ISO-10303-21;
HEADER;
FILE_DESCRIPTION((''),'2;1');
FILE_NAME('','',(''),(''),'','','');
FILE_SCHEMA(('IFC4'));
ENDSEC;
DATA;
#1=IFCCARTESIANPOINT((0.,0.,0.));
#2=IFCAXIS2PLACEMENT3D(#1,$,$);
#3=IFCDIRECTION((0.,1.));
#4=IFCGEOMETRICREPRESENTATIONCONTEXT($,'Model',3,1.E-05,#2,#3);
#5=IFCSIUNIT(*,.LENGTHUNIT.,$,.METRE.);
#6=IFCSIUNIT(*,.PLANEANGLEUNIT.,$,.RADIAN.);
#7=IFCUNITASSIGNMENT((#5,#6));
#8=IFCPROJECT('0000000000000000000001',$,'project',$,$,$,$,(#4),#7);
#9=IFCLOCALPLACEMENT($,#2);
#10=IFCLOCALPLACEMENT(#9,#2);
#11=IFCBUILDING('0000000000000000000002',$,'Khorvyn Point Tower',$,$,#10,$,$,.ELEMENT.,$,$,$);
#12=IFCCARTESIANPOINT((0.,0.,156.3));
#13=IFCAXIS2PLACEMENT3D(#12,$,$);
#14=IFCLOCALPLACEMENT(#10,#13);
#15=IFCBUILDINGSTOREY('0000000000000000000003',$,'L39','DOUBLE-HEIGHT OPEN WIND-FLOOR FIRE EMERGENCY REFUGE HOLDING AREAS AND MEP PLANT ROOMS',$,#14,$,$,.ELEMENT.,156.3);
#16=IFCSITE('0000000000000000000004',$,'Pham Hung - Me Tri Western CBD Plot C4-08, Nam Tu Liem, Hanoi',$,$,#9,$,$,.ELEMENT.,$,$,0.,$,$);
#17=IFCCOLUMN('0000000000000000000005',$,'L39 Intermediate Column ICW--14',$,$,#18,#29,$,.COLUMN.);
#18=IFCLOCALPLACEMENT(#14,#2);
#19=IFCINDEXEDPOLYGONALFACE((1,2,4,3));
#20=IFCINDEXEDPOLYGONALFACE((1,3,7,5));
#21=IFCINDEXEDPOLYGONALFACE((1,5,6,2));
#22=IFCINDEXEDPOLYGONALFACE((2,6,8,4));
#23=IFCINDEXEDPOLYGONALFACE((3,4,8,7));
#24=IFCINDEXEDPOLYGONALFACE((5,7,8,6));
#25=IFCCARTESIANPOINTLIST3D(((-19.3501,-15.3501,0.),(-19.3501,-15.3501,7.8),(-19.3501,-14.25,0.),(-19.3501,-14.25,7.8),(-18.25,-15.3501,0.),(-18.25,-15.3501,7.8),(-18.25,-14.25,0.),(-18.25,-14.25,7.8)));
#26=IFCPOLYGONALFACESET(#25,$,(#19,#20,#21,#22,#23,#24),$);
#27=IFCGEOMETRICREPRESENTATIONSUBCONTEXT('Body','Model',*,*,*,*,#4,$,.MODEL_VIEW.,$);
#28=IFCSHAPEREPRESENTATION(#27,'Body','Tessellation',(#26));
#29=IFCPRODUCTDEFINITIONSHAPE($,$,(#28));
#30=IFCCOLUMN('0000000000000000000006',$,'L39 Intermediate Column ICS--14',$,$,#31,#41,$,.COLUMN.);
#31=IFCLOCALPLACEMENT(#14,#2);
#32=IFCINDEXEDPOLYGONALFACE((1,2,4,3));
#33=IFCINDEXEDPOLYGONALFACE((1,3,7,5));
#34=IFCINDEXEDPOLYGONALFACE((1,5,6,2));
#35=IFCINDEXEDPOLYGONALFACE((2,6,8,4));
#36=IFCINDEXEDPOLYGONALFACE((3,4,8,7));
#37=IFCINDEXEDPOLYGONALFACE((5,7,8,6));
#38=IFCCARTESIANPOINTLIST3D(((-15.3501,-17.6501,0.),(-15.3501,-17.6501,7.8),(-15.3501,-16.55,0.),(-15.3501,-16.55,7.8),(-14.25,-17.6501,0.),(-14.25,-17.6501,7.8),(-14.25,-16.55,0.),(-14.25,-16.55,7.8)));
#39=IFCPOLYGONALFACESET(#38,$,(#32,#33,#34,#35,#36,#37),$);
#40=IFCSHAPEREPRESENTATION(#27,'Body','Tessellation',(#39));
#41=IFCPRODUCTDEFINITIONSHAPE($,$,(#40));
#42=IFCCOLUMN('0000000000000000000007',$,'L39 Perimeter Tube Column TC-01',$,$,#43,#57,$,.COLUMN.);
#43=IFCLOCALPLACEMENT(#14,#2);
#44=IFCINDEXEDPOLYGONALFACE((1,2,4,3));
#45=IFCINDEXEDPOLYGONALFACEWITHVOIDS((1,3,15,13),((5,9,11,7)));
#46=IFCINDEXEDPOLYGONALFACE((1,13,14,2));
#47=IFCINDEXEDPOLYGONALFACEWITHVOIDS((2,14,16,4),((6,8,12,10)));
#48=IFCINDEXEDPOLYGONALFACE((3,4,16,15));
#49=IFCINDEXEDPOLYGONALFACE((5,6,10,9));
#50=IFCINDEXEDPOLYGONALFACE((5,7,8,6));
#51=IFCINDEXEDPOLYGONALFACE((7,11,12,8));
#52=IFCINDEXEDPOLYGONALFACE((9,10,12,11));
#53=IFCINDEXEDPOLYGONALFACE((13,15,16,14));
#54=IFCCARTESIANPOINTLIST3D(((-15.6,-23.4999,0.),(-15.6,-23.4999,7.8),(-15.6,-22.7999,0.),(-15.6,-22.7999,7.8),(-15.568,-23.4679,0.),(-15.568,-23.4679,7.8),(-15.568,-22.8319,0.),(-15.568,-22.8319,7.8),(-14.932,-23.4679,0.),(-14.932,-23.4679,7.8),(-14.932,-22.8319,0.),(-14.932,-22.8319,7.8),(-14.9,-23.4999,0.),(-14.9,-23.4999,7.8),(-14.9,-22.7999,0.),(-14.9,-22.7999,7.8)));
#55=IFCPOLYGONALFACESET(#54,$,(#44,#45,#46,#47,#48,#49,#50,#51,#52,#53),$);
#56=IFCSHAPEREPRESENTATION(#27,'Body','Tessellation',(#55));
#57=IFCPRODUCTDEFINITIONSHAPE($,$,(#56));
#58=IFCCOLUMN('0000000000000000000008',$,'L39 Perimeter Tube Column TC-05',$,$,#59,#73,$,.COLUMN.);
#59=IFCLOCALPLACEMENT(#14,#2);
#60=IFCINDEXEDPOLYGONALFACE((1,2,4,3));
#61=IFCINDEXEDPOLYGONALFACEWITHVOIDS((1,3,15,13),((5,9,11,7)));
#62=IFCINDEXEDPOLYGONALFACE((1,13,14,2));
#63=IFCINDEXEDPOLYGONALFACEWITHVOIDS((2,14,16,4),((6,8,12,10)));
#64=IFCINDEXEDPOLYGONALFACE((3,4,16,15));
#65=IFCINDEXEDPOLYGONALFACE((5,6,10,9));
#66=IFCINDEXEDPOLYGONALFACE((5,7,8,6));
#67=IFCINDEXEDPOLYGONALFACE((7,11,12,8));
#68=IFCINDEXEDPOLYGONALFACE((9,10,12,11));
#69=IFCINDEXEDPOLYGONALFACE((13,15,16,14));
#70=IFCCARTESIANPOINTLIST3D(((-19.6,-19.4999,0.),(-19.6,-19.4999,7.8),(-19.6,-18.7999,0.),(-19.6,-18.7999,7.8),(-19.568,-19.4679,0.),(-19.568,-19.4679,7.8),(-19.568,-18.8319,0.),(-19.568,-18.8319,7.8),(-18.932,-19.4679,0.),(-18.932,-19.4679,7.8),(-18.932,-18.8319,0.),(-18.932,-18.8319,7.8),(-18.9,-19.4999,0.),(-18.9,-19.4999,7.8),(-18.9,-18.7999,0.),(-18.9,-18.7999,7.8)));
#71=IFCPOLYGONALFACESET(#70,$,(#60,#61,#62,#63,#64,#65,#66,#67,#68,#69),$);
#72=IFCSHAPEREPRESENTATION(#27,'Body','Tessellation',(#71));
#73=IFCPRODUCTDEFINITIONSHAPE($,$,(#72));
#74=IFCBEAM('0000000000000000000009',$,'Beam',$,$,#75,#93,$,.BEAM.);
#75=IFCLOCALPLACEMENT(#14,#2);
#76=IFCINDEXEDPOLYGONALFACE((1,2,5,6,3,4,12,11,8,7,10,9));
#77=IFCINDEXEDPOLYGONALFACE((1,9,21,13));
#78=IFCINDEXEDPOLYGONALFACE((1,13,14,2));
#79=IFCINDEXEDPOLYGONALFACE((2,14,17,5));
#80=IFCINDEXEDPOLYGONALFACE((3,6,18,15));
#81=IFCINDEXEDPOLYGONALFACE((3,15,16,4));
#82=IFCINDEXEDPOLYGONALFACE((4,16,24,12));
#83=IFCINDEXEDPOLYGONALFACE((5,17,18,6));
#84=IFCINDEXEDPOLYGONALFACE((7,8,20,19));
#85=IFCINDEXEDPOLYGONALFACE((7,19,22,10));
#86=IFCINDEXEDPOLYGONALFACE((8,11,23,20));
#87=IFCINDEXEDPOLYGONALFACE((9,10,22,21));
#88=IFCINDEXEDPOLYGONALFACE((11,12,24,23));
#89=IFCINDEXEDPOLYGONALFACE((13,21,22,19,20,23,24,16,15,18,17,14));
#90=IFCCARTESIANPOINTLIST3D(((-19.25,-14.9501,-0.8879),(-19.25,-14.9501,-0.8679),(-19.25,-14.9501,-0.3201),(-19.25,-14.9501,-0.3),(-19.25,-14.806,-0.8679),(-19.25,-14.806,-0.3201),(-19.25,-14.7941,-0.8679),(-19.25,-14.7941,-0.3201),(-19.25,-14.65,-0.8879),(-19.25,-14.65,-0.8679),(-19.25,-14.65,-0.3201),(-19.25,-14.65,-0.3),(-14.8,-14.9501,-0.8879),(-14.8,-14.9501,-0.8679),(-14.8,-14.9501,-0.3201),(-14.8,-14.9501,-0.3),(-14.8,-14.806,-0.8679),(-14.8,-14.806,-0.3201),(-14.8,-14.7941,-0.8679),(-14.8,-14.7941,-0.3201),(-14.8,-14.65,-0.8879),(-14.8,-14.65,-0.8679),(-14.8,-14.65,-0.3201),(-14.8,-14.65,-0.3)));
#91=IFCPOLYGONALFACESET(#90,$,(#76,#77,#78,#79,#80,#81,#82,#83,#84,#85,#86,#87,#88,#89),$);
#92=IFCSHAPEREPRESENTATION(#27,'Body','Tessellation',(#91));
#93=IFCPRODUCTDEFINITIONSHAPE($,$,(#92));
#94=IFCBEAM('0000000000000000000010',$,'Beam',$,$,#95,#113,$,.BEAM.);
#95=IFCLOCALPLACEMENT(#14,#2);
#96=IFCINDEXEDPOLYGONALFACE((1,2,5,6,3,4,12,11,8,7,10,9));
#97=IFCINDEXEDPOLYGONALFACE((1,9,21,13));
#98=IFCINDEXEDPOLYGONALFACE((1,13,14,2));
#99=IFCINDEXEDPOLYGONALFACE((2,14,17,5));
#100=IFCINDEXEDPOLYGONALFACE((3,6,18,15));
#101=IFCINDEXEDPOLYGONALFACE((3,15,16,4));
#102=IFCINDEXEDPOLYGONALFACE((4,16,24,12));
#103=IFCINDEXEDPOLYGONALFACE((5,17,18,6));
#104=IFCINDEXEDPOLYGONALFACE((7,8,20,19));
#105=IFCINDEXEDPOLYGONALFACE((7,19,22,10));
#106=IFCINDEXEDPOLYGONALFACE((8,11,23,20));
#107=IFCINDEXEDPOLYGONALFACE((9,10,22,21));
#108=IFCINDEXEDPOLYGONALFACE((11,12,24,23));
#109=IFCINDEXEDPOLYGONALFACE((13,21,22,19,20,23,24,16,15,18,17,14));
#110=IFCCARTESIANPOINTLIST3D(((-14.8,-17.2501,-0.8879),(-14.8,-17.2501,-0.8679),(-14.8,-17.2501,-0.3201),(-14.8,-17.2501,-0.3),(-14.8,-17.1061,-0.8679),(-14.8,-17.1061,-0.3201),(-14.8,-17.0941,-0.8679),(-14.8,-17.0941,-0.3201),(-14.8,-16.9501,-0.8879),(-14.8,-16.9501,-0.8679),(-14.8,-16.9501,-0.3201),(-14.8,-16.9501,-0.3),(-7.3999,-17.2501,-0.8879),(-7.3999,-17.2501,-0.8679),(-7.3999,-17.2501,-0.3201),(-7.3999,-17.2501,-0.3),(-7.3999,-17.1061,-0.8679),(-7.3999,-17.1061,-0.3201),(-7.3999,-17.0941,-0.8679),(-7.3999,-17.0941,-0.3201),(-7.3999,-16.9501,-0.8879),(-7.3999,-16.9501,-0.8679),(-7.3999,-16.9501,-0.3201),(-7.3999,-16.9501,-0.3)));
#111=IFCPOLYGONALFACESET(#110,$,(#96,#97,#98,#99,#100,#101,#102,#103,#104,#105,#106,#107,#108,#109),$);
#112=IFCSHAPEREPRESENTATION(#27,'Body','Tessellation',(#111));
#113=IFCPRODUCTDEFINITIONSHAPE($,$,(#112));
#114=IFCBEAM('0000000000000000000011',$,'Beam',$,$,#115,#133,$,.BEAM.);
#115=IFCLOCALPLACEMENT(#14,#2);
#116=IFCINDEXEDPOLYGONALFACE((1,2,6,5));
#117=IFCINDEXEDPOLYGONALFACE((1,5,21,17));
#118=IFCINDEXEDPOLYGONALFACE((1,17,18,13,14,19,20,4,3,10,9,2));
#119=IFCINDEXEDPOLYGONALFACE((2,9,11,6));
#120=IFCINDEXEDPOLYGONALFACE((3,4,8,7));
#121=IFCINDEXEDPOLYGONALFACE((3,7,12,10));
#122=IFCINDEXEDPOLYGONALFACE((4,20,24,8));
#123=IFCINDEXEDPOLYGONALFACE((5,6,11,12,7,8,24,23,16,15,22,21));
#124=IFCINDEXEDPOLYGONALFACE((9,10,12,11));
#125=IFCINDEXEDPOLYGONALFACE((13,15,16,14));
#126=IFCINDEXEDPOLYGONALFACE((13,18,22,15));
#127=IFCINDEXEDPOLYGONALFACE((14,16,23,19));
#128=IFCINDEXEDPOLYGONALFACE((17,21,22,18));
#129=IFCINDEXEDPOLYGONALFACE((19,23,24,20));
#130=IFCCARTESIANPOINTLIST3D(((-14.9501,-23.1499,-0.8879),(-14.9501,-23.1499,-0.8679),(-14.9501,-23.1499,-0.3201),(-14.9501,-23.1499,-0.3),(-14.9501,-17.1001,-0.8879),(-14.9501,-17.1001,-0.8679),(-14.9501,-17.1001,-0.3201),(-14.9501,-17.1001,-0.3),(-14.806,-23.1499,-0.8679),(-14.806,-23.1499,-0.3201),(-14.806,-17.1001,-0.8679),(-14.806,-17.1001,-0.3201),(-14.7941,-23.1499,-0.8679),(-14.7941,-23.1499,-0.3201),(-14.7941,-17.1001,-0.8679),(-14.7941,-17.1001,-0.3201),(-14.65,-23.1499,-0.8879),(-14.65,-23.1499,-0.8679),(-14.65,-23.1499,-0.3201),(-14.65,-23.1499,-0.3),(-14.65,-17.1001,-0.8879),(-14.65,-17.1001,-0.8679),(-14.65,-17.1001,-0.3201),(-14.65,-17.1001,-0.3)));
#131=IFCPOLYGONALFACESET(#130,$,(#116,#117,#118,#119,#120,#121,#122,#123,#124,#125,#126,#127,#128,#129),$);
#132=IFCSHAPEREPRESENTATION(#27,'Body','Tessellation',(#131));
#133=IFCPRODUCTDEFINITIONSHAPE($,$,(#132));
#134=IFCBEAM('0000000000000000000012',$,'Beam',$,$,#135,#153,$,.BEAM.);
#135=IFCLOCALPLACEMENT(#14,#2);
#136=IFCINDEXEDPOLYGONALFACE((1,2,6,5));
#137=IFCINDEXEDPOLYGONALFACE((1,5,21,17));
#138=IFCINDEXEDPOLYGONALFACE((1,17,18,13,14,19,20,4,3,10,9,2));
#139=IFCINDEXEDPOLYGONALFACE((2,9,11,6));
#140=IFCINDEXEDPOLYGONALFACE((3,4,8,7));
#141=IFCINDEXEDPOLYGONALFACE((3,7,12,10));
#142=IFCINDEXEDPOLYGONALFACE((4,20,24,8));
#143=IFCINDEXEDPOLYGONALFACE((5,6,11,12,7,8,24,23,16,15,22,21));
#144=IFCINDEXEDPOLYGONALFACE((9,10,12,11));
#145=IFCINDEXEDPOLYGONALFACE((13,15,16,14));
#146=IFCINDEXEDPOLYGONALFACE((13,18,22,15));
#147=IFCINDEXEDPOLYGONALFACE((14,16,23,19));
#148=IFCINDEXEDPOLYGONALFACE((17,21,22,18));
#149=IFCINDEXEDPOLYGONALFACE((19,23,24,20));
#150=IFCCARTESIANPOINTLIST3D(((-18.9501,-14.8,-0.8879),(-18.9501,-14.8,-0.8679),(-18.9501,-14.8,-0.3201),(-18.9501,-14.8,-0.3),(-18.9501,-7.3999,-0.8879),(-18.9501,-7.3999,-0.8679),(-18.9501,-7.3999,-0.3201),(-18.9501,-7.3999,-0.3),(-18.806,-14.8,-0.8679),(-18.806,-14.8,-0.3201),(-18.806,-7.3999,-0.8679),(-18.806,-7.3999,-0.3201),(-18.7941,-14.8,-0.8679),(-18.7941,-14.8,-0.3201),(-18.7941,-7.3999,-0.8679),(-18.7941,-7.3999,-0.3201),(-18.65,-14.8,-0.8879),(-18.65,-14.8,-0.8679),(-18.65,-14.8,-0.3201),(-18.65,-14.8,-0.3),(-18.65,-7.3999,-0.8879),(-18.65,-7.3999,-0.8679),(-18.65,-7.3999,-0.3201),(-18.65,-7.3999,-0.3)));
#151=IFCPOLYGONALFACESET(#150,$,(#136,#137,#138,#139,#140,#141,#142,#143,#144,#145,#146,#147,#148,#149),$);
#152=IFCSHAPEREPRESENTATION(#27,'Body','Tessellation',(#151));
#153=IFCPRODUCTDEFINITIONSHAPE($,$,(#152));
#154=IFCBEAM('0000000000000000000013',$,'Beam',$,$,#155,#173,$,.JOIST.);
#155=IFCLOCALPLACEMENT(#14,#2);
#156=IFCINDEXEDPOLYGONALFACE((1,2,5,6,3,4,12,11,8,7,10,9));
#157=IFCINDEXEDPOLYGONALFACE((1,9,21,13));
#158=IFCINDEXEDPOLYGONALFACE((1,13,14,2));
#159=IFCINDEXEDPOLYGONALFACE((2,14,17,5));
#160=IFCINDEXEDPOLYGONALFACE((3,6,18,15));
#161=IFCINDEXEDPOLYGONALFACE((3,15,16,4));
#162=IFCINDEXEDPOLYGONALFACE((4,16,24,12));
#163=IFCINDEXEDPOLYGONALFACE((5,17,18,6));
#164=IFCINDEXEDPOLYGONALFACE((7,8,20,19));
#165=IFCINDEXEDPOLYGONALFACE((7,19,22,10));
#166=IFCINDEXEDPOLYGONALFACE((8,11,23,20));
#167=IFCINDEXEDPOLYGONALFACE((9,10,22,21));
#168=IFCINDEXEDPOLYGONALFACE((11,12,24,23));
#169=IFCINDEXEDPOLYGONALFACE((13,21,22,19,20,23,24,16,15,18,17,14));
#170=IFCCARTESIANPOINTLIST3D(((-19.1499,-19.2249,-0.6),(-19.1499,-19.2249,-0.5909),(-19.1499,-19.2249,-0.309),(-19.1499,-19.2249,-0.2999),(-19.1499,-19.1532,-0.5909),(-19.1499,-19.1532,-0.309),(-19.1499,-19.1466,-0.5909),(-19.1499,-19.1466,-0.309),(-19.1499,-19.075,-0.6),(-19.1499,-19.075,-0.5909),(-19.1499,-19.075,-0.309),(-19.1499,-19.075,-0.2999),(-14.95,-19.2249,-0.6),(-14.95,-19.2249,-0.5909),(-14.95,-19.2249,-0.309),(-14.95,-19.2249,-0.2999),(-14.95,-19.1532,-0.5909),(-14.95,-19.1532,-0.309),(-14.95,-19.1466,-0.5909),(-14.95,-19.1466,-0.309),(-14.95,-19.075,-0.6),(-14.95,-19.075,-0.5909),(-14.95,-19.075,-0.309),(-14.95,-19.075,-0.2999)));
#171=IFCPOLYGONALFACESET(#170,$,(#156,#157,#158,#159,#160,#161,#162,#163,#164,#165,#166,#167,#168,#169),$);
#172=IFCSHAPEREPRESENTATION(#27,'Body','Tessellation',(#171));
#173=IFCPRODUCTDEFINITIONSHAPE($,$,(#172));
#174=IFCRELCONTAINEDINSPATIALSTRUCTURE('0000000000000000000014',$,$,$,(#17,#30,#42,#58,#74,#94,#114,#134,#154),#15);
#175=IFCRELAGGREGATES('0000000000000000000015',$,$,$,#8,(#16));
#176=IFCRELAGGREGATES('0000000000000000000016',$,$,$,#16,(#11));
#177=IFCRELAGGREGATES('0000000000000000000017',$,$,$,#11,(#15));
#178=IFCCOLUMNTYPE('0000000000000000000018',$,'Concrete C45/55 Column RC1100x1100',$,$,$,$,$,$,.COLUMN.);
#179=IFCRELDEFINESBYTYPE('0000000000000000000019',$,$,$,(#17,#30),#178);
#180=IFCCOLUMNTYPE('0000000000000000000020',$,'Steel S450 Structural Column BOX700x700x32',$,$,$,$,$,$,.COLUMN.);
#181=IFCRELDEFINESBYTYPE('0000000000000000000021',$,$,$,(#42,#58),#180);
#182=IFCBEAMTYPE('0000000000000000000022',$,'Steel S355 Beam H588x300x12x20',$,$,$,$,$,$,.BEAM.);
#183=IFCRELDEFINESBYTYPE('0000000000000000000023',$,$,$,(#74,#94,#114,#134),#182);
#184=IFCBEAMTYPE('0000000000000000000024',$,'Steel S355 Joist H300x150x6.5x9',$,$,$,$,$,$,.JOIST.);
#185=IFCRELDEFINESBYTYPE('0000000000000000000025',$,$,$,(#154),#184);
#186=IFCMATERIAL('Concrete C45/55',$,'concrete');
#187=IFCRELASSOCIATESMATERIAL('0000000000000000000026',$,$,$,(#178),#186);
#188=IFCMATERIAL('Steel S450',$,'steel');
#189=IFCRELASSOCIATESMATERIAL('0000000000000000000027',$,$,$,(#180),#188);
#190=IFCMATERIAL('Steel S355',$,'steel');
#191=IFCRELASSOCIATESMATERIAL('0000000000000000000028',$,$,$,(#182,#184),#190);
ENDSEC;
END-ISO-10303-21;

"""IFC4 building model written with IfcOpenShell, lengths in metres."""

from ifc_helpers import new_model, si_unit, direction, frame, origin, origin_2d, place, context, subcontext, project, spatial, rectangle, hollow_rectangle, i_section, extrude, material, material_profile, profile_set, type_object, element, save


model = new_model("IFC4")

# Units and contexts
model_context = context("Model", 3, precision=1e-05, world=origin(), true_north=direction((0.0, 1.0)))
body_context = subcontext(model_context, "Body", "Model", "MODEL_VIEW")
ifc_project = project(units=[si_unit("LENGTHUNIT", "METRE"), si_unit("PLANEANGLEUNIT", "RADIAN")], contexts=[model_context])

# Site, building, storey
site_placement = place(None, origin())
site = spatial("IfcSite", under=ifc_project, at=site_placement, Name="Pham Hung - Me Tri Western CBD Plot C4-08, Nam Tu Liem, Hanoi", CompositionType="ELEMENT", RefElevation=0.0)
building_placement = place(site_placement, origin())
building = spatial("IfcBuilding", under=site, at=building_placement, Name="Khorvyn Point Tower", CompositionType="ELEMENT")
storey_placement = place(building_placement, frame((0.0, 0.0, 156.3)))
storey = spatial("IfcBuildingStorey", under=building, at=storey_placement, Name="L39", Description="DOUBLE-HEIGHT OPEN WIND-FLOOR FIRE EMERGENCY REFUGE HOLDING AREAS AND MEP PLANT ROOMS", CompositionType="ELEMENT", Elevation=156.3)

# Columns
ifc_material_1 = material(Name="Concrete C45/55", Category="concrete")
ifc_material_profile_1 = material_profile(ifc_material_1, rectangle(XDim=1.1001, YDim=1.1001, at=origin_2d()))
ifc_profile_set_1 = profile_set([ifc_material_profile_1], Name="Concrete C45/55 RC1100x1100")
column_type_1 = type_object("IfcColumnType", Name="Concrete C45/55 Column RC1100x1100", PredefinedType="COLUMN", material=ifc_profile_set_1)
for number, where, z_axis, x_axis, name in (
    (1, (-18.8, -14.8, 0.0), (0.0, 0.0, 1.0), (1.0, 0.0, 0.0), "L39 Intermediate Column ICW--14"),
    (2, (-14.8, -17.1001, 0.0), (0.0, 0.0, 1.0), (1.0, 0.0, 0.0), "L39 Intermediate Column ICS--14"),
):
    element("IfcColumn", number, at=place(storey_placement, frame(where, z_axis=z_axis, x_axis=x_axis)), inside=storey, type_object=column_type_1, Name=name, PredefinedType="COLUMN", context=body_context, shape_type="SweptSolid", body=[
        extrude(rectangle(XDim=1.1001, YDim=1.1001, at=origin_2d()), origin(), (0.0, 0.0, 1.0), 7.8),
    ])
ifc_material_2 = material(Name="Steel S450", Category="steel")
ifc_material_profile_2 = material_profile(ifc_material_2, hollow_rectangle(XDim=0.7, YDim=0.7, WallThickness=0.032, at=origin_2d()))
ifc_profile_set_2 = profile_set([ifc_material_profile_2], Name="Steel S450 BOX700x700x32")
column_type_2 = type_object("IfcColumnType", Name="Steel S450 Structural Column BOX700x700x32", PredefinedType="COLUMN", material=ifc_profile_set_2)
for number, where, z_axis, x_axis, name in (
    (3, (-15.25, -23.1499, 0.0), (0.0, 0.0, 1.0), (1.0, 0.0, 0.0), "L39 Perimeter Tube Column TC-01"),
    (4, (-19.25, -19.1499, 0.0), (0.0, 0.0, 1.0), (1.0, 0.0, 0.0), "L39 Perimeter Tube Column TC-05"),
):
    element("IfcColumn", number, at=place(storey_placement, frame(where, z_axis=z_axis, x_axis=x_axis)), inside=storey, type_object=column_type_2, Name=name, PredefinedType="COLUMN", context=body_context, shape_type="SweptSolid", body=[
        extrude(hollow_rectangle(XDim=0.7, YDim=0.7, WallThickness=0.032, at=origin_2d()), origin(), (0.0, 0.0, 1.0), 7.8),
    ])

# Beams
ifc_material_3 = material(Name="Steel S355", Category="steel")
ifc_material_profile_3 = material_profile(ifc_material_3, i_section(OverallWidth=0.3, OverallDepth=0.5879, WebThickness=0.012, FlangeThickness=0.02, at=origin_2d()))
ifc_profile_set_3 = profile_set([ifc_material_profile_3], Name="Steel S355 H588x300x12x20")
beam_type_1 = type_object("IfcBeamType", Name="Steel S355 Beam H588x300x12x20", PredefinedType="BEAM", material=ifc_profile_set_3)
beam_1_placement = place(storey_placement, frame((-19.25, -14.8, -0.594), z_axis=(1.0, 0.0, 0.0), x_axis=(0.0, 1.0, 0.0)))
element("IfcBeam", 5, at=beam_1_placement, inside=storey, type_object=beam_type_1, Name="Beam", PredefinedType="BEAM", context=body_context, shape_type="SweptSolid", body=[
    extrude(i_section(OverallWidth=0.3, OverallDepth=0.5879, WebThickness=0.012, FlangeThickness=0.02, at=origin_2d()), origin(), (0.0, 0.0, 1.0), 4.45),
])
beam_2_placement = place(storey_placement, frame((-14.8, -17.1001, -0.594), z_axis=(1.0, 0.0, 0.0), x_axis=(0.0, 1.0, 0.0)))
element("IfcBeam", 6, at=beam_2_placement, inside=storey, type_object=beam_type_1, Name="Beam", PredefinedType="BEAM", context=body_context, shape_type="SweptSolid", body=[
    extrude(i_section(OverallWidth=0.3, OverallDepth=0.5879, WebThickness=0.012, FlangeThickness=0.02, at=origin_2d()), origin(), (0.0, 0.0, 1.0), 7.4001),
])
beam_3_placement = place(storey_placement, frame((-14.8, -23.1499, -0.594), z_axis=(0.0, 1.0, 0.0), x_axis=(-1.0, 0.0, 0.0)))
element("IfcBeam", 7, at=beam_3_placement, inside=storey, type_object=beam_type_1, Name="Beam", PredefinedType="BEAM", context=body_context, shape_type="SweptSolid", body=[
    extrude(i_section(OverallWidth=0.3, OverallDepth=0.5879, WebThickness=0.012, FlangeThickness=0.02, at=origin_2d()), origin(), (0.0, 0.0, 1.0), 6.0498),
])
beam_4_placement = place(storey_placement, frame((-18.8, -14.8, -0.594), z_axis=(0.0, 1.0, 0.0), x_axis=(-1.0, 0.0, 0.0)))
element("IfcBeam", 8, at=beam_4_placement, inside=storey, type_object=beam_type_1, Name="Beam", PredefinedType="BEAM", context=body_context, shape_type="SweptSolid", body=[
    extrude(i_section(OverallWidth=0.3, OverallDepth=0.5879, WebThickness=0.012, FlangeThickness=0.02, at=origin_2d()), origin(), (0.0, 0.0, 1.0), 7.4001),
])
ifc_material_profile_4 = material_profile(ifc_material_3, i_section(OverallWidth=0.1499, OverallDepth=0.3, WebThickness=0.0066, FlangeThickness=0.009, at=origin_2d()))
ifc_profile_set_4 = profile_set([ifc_material_profile_4], Name="Steel S355 H300x150x6.5x9")
beam_type_2 = type_object("IfcBeamType", Name="Steel S355 Joist H300x150x6.5x9", PredefinedType="JOIST", material=ifc_profile_set_4)
beam_5_placement = place(storey_placement, frame((-19.1499, -19.1499, -0.45), z_axis=(1.0, 0.0, 0.0), x_axis=(0.0, 1.0, 0.0)))
element("IfcBeam", 9, at=beam_5_placement, inside=storey, type_object=beam_type_2, Name="Beam", PredefinedType="JOIST", context=body_context, shape_type="SweptSolid", body=[
    extrude(i_section(OverallWidth=0.1499, OverallDepth=0.3, WebThickness=0.0066, FlangeThickness=0.009, at=origin_2d()), origin(), (0.0, 0.0, 1.0), 4.2),
])

save(model, "model.ifc")
